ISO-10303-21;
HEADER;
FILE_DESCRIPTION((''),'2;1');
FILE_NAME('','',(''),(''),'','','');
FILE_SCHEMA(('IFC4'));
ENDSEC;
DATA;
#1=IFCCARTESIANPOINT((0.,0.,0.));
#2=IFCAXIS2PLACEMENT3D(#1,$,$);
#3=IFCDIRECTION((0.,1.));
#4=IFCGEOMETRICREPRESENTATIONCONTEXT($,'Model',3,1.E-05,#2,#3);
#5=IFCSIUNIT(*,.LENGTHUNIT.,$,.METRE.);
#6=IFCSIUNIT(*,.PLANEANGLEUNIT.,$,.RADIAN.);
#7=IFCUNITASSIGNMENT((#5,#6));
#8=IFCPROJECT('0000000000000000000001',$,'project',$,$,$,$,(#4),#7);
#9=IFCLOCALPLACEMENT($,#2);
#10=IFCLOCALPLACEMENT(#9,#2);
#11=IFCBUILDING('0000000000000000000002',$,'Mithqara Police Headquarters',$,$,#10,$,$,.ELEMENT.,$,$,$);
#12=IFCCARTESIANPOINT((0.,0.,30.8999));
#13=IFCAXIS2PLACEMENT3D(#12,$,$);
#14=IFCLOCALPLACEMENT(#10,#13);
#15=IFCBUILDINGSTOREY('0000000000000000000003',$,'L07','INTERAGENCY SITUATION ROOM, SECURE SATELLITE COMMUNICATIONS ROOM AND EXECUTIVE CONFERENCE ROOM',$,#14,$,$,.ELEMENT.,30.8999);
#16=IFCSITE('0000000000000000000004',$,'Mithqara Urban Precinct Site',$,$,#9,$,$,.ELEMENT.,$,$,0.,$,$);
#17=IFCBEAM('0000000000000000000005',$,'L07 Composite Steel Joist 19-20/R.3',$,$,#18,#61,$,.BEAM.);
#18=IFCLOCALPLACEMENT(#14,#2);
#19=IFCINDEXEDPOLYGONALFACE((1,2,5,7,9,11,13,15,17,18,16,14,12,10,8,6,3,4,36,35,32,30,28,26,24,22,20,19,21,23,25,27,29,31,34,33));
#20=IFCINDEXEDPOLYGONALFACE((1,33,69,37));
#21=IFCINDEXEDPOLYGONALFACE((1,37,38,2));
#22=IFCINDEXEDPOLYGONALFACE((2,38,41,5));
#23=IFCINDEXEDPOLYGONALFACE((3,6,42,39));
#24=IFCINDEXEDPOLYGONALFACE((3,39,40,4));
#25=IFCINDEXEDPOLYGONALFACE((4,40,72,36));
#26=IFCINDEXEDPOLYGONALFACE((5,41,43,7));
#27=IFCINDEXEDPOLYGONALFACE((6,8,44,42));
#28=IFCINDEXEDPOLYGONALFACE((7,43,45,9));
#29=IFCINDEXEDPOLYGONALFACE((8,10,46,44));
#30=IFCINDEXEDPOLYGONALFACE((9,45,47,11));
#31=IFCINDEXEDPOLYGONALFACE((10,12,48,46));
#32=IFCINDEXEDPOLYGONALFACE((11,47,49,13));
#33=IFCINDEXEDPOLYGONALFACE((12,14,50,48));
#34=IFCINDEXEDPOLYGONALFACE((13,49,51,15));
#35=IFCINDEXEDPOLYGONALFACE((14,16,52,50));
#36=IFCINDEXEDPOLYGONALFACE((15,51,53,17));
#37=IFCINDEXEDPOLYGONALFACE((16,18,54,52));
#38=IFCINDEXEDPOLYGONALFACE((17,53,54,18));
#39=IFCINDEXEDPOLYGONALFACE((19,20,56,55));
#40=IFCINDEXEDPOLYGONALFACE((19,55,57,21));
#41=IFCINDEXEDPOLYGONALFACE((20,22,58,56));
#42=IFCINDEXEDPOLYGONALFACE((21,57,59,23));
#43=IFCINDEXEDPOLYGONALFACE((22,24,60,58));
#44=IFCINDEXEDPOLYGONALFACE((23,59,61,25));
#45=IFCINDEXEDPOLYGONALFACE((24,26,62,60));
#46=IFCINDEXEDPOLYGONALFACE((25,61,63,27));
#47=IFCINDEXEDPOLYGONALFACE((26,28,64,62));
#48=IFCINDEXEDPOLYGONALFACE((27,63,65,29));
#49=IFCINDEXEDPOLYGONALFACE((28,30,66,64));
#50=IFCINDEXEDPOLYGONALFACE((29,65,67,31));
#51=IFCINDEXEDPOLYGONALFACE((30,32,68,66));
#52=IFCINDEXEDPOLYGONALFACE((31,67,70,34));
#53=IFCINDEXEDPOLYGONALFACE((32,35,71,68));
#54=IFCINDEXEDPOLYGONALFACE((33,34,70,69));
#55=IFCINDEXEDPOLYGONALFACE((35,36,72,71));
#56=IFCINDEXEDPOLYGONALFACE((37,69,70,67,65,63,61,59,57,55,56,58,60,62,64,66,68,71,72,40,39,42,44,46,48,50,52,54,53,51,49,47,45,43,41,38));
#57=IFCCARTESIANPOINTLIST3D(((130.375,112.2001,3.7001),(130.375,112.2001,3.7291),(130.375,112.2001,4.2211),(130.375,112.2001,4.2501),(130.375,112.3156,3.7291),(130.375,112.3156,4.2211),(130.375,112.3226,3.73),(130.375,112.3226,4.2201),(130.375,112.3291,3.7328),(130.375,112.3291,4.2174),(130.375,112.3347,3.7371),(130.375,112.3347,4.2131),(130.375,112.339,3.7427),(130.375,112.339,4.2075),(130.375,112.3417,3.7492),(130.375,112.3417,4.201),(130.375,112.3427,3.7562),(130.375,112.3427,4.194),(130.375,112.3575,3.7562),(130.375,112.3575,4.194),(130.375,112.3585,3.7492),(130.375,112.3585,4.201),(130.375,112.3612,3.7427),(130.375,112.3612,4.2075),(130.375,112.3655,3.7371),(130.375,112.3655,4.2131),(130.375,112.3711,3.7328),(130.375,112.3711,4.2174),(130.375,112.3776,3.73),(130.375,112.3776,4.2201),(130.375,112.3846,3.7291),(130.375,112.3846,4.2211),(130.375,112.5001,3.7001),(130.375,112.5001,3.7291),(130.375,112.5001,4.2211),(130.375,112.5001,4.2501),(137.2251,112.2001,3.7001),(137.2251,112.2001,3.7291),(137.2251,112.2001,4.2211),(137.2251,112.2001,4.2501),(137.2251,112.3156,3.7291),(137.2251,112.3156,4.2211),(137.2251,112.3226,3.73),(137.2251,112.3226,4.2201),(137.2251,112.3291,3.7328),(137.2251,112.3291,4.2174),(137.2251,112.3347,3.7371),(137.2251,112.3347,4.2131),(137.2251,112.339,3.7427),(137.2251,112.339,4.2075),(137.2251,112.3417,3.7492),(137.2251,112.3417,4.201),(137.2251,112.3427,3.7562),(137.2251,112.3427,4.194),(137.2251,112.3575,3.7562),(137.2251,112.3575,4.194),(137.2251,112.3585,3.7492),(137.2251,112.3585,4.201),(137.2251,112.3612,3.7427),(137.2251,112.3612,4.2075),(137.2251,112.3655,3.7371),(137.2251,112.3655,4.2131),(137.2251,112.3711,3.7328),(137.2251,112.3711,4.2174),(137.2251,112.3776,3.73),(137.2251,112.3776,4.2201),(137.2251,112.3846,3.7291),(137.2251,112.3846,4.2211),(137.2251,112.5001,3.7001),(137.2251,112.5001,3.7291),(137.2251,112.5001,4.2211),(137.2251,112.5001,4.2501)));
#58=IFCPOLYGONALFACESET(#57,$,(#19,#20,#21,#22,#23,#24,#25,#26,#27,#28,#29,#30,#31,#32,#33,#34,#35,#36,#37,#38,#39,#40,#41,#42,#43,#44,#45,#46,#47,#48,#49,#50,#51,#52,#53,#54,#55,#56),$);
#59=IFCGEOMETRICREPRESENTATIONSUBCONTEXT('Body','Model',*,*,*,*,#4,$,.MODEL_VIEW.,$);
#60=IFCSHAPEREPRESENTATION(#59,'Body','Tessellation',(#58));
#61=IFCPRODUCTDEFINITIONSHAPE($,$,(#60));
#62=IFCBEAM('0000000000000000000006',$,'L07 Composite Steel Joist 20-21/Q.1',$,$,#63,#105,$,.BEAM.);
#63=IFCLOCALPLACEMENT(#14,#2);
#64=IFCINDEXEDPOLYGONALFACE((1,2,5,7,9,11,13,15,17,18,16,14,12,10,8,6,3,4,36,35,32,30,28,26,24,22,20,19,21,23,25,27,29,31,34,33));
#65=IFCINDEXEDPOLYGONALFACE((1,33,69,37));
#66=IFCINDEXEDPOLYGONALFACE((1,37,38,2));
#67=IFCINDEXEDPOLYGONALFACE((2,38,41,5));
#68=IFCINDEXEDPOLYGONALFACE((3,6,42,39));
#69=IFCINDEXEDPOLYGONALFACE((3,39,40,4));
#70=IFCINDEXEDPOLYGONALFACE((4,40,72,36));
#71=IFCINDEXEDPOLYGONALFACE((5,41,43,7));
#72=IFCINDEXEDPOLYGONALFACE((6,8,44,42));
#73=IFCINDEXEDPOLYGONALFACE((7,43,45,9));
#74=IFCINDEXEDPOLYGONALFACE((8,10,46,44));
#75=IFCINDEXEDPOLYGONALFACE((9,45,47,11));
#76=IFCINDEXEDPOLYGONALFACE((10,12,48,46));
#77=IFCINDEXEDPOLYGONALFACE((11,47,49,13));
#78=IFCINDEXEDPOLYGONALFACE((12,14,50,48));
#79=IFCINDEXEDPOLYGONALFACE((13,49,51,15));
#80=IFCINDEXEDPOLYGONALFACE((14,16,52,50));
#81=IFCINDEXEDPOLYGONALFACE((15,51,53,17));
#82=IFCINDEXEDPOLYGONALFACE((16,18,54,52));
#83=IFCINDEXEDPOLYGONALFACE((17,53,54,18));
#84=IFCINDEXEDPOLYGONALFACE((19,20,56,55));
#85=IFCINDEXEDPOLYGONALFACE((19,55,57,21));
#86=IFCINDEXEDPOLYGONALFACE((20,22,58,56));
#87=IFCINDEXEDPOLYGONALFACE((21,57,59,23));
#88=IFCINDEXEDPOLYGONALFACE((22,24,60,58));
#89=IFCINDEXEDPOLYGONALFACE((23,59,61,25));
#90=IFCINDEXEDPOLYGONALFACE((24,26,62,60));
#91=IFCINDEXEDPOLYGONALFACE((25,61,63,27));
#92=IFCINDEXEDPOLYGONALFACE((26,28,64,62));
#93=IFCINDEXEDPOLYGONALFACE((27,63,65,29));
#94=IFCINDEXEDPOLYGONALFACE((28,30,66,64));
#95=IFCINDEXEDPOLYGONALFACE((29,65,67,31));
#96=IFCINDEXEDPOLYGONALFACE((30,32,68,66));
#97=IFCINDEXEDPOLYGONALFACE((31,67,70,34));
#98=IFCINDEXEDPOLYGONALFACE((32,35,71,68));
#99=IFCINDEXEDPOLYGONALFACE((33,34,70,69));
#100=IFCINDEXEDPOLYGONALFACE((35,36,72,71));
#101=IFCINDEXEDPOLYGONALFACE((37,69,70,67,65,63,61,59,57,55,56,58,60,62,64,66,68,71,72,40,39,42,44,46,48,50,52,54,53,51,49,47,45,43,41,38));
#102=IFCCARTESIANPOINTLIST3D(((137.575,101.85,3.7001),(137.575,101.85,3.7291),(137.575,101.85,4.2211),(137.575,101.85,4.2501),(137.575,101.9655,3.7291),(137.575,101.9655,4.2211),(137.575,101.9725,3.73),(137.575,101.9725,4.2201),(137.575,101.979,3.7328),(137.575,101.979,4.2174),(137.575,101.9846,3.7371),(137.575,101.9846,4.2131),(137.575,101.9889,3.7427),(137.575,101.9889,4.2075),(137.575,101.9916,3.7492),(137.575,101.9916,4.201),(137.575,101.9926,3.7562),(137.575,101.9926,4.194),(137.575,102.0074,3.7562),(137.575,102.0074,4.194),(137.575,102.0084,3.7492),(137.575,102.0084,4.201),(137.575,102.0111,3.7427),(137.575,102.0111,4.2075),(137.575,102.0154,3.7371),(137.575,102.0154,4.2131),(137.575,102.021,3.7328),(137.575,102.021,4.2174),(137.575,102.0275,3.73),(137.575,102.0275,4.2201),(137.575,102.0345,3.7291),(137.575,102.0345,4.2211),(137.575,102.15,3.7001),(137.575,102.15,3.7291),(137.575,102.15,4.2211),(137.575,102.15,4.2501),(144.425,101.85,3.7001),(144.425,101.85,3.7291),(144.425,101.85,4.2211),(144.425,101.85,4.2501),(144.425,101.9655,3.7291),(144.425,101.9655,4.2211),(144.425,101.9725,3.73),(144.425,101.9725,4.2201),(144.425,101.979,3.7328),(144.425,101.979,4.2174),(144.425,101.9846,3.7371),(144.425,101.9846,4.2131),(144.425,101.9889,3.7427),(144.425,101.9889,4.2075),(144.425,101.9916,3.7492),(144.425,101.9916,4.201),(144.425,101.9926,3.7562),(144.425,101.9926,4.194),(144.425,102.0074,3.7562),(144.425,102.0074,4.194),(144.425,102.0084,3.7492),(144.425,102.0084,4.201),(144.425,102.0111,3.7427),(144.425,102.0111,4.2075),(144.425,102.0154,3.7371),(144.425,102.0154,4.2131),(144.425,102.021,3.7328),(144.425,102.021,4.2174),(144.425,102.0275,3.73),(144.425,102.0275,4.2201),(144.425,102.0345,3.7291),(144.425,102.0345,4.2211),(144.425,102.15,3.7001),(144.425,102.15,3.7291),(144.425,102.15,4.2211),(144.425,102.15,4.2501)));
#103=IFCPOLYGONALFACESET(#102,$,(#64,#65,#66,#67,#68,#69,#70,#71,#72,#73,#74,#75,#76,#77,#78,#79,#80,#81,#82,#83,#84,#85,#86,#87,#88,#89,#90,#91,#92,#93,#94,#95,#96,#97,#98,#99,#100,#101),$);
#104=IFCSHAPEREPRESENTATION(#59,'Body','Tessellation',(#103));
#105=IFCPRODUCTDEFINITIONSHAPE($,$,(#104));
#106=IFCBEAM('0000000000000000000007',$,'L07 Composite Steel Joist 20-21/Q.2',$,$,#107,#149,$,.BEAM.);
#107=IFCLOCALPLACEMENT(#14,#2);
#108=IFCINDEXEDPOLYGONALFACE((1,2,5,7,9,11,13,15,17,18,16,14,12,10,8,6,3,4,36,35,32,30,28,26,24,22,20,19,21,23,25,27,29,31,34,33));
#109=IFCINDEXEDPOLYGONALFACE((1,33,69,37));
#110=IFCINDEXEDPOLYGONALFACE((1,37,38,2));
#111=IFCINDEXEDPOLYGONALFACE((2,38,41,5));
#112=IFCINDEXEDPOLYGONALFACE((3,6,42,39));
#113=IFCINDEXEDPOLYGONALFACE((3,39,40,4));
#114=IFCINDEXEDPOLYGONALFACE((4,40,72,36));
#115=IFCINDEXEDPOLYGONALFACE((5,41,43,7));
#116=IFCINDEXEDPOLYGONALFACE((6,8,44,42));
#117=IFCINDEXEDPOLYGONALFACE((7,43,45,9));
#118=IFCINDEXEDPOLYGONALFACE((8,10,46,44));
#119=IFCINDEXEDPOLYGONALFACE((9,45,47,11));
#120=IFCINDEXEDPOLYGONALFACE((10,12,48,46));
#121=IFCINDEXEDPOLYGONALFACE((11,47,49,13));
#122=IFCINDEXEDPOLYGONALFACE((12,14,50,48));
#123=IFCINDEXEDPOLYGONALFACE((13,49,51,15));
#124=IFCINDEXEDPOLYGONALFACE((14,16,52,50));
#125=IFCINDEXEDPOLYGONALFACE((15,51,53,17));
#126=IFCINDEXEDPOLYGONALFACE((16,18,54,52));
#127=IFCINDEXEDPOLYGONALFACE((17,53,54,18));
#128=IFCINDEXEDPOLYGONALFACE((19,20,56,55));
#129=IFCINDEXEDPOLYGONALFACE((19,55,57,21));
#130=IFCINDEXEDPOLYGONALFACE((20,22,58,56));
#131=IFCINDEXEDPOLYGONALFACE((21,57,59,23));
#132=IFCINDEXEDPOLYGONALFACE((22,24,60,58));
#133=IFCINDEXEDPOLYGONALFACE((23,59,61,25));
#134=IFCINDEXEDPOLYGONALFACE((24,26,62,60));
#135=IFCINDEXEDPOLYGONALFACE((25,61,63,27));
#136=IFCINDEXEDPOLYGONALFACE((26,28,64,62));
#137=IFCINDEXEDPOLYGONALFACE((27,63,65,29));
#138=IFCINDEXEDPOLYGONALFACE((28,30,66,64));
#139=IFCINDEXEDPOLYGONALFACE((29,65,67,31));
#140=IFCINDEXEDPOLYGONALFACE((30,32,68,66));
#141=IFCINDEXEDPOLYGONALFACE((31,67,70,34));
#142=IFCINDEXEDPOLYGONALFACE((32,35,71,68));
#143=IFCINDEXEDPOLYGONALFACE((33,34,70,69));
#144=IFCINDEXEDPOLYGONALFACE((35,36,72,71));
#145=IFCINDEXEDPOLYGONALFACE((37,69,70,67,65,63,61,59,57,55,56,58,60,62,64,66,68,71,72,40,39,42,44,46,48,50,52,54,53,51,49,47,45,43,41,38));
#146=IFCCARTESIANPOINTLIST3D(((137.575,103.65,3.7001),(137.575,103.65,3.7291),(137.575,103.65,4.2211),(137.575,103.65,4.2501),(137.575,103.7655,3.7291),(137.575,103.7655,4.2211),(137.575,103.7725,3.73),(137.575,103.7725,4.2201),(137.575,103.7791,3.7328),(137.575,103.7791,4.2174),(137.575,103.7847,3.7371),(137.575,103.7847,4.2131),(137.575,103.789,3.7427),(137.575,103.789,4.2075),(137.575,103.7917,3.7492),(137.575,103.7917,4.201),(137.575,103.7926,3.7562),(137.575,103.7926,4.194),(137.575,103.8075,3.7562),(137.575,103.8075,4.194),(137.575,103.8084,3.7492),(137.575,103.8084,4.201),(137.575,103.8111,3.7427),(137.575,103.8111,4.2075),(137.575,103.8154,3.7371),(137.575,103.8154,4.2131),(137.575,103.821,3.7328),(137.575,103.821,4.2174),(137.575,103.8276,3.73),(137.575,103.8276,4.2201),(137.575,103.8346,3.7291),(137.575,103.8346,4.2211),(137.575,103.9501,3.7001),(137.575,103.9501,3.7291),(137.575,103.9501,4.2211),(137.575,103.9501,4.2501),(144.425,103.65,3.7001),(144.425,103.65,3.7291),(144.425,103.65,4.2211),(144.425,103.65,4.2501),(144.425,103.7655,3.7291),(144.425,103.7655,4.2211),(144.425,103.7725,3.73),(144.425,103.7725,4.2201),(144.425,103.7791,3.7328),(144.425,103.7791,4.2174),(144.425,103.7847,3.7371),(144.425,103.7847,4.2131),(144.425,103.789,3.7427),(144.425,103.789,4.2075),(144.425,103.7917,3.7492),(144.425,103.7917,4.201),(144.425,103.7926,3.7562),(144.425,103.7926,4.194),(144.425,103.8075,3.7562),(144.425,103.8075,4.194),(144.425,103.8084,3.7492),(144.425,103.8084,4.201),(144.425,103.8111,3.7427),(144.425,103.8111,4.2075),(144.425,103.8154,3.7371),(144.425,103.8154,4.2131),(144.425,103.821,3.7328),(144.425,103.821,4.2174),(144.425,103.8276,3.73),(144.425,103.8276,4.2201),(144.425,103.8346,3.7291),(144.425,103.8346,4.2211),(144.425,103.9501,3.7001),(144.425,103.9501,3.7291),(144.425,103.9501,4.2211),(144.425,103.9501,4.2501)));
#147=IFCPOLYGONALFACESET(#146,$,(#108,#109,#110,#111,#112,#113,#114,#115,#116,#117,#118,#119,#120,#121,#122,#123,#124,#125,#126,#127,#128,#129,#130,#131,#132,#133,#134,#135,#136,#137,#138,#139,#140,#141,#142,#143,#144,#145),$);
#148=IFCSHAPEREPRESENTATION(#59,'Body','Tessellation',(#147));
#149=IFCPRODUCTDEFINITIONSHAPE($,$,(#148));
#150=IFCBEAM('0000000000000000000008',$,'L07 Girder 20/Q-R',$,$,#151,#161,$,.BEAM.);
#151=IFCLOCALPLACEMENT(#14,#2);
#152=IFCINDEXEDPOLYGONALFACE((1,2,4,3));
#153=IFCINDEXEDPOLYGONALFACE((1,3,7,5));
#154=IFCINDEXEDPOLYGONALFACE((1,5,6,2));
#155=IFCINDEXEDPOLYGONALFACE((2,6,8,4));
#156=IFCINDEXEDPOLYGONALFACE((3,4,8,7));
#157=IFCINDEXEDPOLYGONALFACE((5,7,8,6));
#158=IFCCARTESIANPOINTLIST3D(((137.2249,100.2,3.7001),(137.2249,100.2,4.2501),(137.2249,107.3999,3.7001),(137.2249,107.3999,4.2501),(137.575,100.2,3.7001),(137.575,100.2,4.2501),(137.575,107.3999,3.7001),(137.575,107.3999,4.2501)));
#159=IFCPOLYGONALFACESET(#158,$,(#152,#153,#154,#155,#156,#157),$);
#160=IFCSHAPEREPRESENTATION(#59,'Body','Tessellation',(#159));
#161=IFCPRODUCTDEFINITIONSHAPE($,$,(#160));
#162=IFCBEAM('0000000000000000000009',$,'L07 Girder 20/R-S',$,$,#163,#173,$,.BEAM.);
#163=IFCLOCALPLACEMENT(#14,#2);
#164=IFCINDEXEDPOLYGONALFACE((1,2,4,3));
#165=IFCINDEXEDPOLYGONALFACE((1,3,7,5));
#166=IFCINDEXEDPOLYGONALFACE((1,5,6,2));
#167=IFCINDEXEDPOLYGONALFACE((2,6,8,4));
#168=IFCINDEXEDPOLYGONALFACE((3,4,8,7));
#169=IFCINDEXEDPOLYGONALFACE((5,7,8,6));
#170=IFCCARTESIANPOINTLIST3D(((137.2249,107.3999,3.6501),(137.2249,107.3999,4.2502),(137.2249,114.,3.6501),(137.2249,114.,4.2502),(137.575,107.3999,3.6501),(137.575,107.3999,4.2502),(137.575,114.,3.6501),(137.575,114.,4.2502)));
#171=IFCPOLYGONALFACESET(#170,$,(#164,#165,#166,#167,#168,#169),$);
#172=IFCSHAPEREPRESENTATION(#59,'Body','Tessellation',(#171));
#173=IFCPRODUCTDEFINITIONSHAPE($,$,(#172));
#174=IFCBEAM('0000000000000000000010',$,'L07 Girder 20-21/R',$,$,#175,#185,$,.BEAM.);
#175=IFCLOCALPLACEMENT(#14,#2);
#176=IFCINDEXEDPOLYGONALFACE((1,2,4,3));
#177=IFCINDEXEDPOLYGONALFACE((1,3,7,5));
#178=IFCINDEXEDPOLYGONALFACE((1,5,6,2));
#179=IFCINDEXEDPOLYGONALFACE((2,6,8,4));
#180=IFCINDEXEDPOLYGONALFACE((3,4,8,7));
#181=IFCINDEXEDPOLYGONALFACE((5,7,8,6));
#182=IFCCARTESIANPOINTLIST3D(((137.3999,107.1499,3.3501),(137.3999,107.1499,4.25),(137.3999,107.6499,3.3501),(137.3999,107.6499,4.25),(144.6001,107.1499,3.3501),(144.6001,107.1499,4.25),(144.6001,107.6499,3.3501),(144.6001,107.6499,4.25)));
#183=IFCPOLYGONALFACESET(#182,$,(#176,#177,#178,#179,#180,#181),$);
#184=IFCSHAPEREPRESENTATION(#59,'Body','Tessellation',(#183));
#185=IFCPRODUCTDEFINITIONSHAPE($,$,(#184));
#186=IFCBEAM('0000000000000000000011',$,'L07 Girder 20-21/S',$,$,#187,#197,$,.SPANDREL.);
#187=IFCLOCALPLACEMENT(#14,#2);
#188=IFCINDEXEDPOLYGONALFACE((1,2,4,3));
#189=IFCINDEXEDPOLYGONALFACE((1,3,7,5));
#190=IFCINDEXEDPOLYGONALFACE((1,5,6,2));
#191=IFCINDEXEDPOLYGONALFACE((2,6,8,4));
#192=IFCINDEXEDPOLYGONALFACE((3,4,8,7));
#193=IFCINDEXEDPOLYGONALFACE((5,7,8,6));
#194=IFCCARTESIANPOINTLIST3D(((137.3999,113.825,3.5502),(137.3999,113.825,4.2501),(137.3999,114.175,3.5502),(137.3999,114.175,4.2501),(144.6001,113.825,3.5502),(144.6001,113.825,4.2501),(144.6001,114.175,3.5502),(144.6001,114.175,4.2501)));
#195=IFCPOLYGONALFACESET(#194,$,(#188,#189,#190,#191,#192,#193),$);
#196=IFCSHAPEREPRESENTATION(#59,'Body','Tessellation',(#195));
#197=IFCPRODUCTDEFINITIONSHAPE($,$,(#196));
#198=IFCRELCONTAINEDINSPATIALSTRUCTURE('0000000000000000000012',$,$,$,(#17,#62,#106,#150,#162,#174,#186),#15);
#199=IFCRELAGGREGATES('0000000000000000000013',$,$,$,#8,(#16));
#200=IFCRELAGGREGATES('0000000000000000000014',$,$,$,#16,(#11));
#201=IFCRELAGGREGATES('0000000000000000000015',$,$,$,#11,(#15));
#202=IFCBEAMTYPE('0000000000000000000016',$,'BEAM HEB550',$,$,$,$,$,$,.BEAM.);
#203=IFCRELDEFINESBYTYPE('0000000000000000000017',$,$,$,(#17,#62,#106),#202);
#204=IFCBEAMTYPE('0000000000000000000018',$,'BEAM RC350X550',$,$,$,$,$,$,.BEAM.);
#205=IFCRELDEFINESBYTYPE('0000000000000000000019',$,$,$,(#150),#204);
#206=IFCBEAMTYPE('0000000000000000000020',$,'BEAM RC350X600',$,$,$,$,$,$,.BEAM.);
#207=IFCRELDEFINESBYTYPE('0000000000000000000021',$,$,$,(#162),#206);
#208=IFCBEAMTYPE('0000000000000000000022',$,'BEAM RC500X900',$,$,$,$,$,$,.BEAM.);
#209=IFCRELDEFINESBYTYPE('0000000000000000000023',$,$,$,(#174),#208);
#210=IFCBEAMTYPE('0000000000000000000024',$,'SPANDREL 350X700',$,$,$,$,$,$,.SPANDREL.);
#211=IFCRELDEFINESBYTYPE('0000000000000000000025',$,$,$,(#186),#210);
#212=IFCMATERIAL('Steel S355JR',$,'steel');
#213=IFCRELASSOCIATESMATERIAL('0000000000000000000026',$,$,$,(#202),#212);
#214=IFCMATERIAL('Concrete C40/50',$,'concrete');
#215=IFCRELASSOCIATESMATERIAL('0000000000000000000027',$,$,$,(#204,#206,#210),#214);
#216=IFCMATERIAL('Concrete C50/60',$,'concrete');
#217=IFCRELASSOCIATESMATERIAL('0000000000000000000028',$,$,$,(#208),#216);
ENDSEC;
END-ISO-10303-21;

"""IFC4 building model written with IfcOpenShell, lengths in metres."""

from ifc_helpers import new_model, si_unit, direction, frame, origin, origin_2d, place, context, subcontext, project, spatial, rectangle, i_section, extrude, material, material_profile, profile_set, type_object, element, save


model = new_model("IFC4")

# Units and contexts
model_context = context("Model", 3, precision=1e-05, world=origin(), true_north=direction((0.0, 1.0)))
body_context = subcontext(model_context, "Body", "Model", "MODEL_VIEW")
ifc_project = project(units=[si_unit("LENGTHUNIT", "METRE"), si_unit("PLANEANGLEUNIT", "RADIAN")], contexts=[model_context])

# Site, building, storey
site_placement = place(None, origin())
site = spatial("IfcSite", under=ifc_project, at=site_placement, Name="Mithqara Urban Precinct Site", CompositionType="ELEMENT", RefElevation=0.0)
building_placement = place(site_placement, origin())
building = spatial("IfcBuilding", under=site, at=building_placement, Name="Mithqara Police Headquarters", CompositionType="ELEMENT")
storey_placement = place(building_placement, frame((0.0, 0.0, 30.8999)))
storey = spatial("IfcBuildingStorey", under=building, at=storey_placement, Name="L07", Description="INTERAGENCY SITUATION ROOM, SECURE SATELLITE COMMUNICATIONS ROOM AND EXECUTIVE CONFERENCE ROOM", CompositionType="ELEMENT", Elevation=30.8999)

# Shared definitions
ifc_material_1 = material(Name="Concrete C50/60", Category="concrete")

# Beams
ifc_material_2 = material(Name="Steel S355JR", Category="steel")
ifc_material_profile_1 = material_profile(ifc_material_2, i_section(OverallWidth=0.3, OverallDepth=0.55, WebThickness=0.0149, FlangeThickness=0.0291, FilletRadius=0.0271, at=origin_2d()), Name="HEB 550")
ifc_profile_set_1 = profile_set([ifc_material_profile_1], Name="Steel S355JR")
beam_type_1 = type_object("IfcBeamType", Name="BEAM HEB550", PredefinedType="BEAM", material=ifc_profile_set_1)
for number, where, z_axis, x_axis, name in (
    (1, (130.375, 112.3501, 3.9751), (1.0, 0.0, 0.0), (0.0, 1.0, 0.0), "L07 Composite Steel Joist 19-20/R.3"),
    (2, (137.575, 102.0, 3.9751), (1.0, 0.0, 0.0), (0.0, 1.0, 0.0), "L07 Composite Steel Joist 20-21/Q.1"),
    (3, (137.575, 103.8, 3.9751), (1.0, 0.0, 0.0), (0.0, 1.0, 0.0), "L07 Composite Steel Joist 20-21/Q.2"),
):
    element("IfcBeam", number, at=place(storey_placement, frame(where, z_axis=z_axis, x_axis=x_axis)), inside=storey, type_object=beam_type_1, Name=name, PredefinedType="BEAM", context=body_context, shape_type="SweptSolid", body=[
        extrude(i_section(OverallWidth=0.3, OverallDepth=0.55, WebThickness=0.0149, FlangeThickness=0.0291, FilletRadius=0.0271, at=origin_2d()), origin(), (0.0, 0.0, 1.0), 6.8501),
    ])
ifc_material_3 = material(Name="Concrete C40/50", Category="concrete")
ifc_material_profile_2 = material_profile(ifc_material_3, rectangle(XDim=0.3501, YDim=0.55, at=origin_2d()), Name="RC 350x550")
ifc_profile_set_2 = profile_set([ifc_material_profile_2], Name="Concrete C40/50")
beam_type_2 = type_object("IfcBeamType", Name="BEAM RC350X550", PredefinedType="BEAM", material=ifc_profile_set_2)
beam_1_placement = place(storey_placement, frame((137.3999, 100.2, 3.9751), z_axis=(0.0, 1.0, 0.0), x_axis=(-1.0, 0.0, 0.0)))
element("IfcBeam", 4, at=beam_1_placement, inside=storey, type_object=beam_type_2, Name="L07 Girder 20/Q-R", PredefinedType="BEAM", context=body_context, shape_type="SweptSolid", body=[
    extrude(rectangle(XDim=0.3501, YDim=0.55, at=origin_2d()), origin(), (0.0, 0.0, 1.0), 7.2),
])
ifc_material_profile_3 = material_profile(ifc_material_3, rectangle(XDim=0.3501, YDim=0.6001, at=origin_2d()), Name="RC 350x600")
ifc_profile_set_3 = profile_set([ifc_material_profile_3], Name="Concrete C40/50")
beam_type_3 = type_object("IfcBeamType", Name="BEAM RC350X600", PredefinedType="BEAM", material=ifc_profile_set_3)
beam_2_placement = place(storey_placement, frame((137.3999, 107.3999, 3.9502), z_axis=(0.0, 1.0, 0.0), x_axis=(-1.0, 0.0, 0.0)))
element("IfcBeam", 5, at=beam_2_placement, inside=storey, type_object=beam_type_3, Name="L07 Girder 20/R-S", PredefinedType="BEAM", context=body_context, shape_type="SweptSolid", body=[
    extrude(rectangle(XDim=0.3501, YDim=0.6001, at=origin_2d()), origin(), (0.0, 0.0, 1.0), 6.6001),
])
ifc_material_profile_4 = material_profile(ifc_material_1, rectangle(XDim=0.5, YDim=0.8999, at=origin_2d()), Name="RC 500x900")
ifc_profile_set_4 = profile_set([ifc_material_profile_4], Name="Concrete C50/60")
beam_type_4 = type_object("IfcBeamType", Name="BEAM RC500X900", PredefinedType="BEAM", material=ifc_profile_set_4)
beam_3_placement = place(storey_placement, frame((137.3999, 107.3999, 3.8), z_axis=(1.0, 0.0, 0.0), x_axis=(0.0, 1.0, 0.0)))
element("IfcBeam", 6, at=beam_3_placement, inside=storey, type_object=beam_type_4, Name="L07 Girder 20-21/R", PredefinedType="BEAM", context=body_context, shape_type="SweptSolid", body=[
    extrude(rectangle(XDim=0.5, YDim=0.8999, at=origin_2d()), origin(), (0.0, 0.0, 1.0), 7.2002),
])
ifc_material_profile_5 = material_profile(ifc_material_3, rectangle(XDim=0.3501, YDim=0.7, at=origin_2d()), Name="SPB 350x700")
ifc_profile_set_5 = profile_set([ifc_material_profile_5], Name="Concrete C40/50")
beam_type_5 = type_object("IfcBeamType", Name="SPANDREL 350X700", PredefinedType="SPANDREL", material=ifc_profile_set_5)
beam_4_placement = place(storey_placement, frame((137.3999, 114.0, 3.9001), z_axis=(1.0, 0.0, 0.0), x_axis=(0.0, 1.0, 0.0)))
element("IfcBeam", 7, at=beam_4_placement, inside=storey, type_object=beam_type_5, Name="L07 Girder 20-21/S", PredefinedType="SPANDREL", context=body_context, shape_type="SweptSolid", body=[
    extrude(rectangle(XDim=0.3501, YDim=0.7, at=origin_2d()), origin(), (0.0, 0.0, 1.0), 7.2002),
])

save(model, "model.ifc")
